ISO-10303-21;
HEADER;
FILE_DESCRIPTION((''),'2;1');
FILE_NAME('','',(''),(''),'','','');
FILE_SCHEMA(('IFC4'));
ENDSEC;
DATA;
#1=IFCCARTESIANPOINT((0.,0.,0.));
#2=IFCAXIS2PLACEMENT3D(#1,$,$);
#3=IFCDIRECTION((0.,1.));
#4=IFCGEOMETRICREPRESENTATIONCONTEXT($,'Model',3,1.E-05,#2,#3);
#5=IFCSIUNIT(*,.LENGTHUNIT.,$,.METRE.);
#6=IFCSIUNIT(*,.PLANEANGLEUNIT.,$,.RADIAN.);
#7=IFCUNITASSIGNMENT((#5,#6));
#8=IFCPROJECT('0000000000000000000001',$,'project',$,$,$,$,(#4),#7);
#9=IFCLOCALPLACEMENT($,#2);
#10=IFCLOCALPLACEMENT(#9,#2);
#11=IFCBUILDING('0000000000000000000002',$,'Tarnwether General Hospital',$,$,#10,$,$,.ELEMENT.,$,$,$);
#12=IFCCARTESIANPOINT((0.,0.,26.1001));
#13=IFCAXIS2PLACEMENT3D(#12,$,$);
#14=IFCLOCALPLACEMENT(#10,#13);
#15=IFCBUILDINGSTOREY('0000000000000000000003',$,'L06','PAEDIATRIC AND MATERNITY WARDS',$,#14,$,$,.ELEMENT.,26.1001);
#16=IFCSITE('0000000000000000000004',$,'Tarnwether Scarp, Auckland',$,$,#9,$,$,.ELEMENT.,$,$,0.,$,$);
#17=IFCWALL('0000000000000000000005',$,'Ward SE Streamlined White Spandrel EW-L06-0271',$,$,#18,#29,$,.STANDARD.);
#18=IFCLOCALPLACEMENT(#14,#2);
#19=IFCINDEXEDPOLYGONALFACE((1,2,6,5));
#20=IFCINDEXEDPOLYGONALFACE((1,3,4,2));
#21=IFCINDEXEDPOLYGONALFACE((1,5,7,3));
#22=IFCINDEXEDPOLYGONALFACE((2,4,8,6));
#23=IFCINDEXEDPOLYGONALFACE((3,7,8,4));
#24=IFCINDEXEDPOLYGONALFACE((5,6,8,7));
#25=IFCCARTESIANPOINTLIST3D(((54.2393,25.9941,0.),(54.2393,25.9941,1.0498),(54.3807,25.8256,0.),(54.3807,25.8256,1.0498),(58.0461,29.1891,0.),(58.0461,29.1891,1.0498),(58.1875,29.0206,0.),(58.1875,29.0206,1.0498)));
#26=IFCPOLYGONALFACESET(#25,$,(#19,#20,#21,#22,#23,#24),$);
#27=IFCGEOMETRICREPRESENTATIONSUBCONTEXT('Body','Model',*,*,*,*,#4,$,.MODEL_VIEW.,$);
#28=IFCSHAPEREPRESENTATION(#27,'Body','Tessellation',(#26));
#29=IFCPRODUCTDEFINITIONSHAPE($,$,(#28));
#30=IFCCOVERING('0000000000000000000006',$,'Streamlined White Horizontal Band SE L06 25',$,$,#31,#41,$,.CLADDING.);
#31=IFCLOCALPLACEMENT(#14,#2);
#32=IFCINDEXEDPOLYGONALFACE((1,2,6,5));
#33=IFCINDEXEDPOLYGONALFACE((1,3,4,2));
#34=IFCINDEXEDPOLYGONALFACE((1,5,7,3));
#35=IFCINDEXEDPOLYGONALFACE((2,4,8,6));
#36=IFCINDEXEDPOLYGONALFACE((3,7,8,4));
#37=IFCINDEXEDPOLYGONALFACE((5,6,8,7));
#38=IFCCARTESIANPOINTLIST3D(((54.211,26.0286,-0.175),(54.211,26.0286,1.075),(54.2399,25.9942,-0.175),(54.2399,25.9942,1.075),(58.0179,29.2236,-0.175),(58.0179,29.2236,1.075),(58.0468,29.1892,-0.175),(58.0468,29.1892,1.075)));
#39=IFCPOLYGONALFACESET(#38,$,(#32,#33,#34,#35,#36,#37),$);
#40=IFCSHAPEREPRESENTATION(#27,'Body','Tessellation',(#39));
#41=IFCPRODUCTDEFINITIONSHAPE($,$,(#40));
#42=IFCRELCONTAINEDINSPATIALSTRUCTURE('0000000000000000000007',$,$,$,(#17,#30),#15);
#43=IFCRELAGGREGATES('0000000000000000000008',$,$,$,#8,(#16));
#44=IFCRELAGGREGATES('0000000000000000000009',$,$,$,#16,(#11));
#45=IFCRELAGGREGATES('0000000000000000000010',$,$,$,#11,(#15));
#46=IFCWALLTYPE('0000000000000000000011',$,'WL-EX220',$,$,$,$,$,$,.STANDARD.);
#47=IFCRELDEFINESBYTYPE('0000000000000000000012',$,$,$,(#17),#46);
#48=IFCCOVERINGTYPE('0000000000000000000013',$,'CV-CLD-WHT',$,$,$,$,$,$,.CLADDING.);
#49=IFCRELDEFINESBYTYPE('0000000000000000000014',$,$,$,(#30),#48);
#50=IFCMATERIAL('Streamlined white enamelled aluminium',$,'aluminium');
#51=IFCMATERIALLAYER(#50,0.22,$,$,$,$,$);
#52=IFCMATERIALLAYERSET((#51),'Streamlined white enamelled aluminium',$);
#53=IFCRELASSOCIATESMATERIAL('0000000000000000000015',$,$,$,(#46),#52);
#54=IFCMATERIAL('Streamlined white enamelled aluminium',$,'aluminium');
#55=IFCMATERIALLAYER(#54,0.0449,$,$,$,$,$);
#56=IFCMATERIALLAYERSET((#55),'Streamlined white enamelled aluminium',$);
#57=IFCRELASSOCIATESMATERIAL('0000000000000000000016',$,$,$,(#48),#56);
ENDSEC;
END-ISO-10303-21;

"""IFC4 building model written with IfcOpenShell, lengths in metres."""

from ifc_helpers import new_model, si_unit, direction, frame, frame_2d, origin, origin_2d, place, context, subcontext, project, spatial, rectangle, extrude, material, layer, layer_set, type_object, element, save


model = new_model("IFC4")

# Units and contexts
model_context = context("Model", 3, precision=1e-05, world=origin(), true_north=direction((0.0, 1.0)))
body_context = subcontext(model_context, "Body", "Model", "MODEL_VIEW")
ifc_project = project(units=[si_unit("LENGTHUNIT", "METRE"), si_unit("PLANEANGLEUNIT", "RADIAN")], contexts=[model_context])

# Site, building, storey
site_placement = place(None, origin())
site = spatial("IfcSite", under=ifc_project, at=site_placement, Name="Tarnwether Scarp, Auckland", CompositionType="ELEMENT", RefElevation=0.0)
building_placement = place(site_placement, origin())
building = spatial("IfcBuilding", under=site, at=building_placement, Name="Tarnwether General Hospital", CompositionType="ELEMENT")
storey_placement = place(building_placement, frame((0.0, 0.0, 26.1001)))
storey = spatial("IfcBuildingStorey", under=building, at=storey_placement, Name="L06", Description="PAEDIATRIC AND MATERNITY WARDS", CompositionType="ELEMENT", Elevation=26.1001)

# Wall
ifc_material_1 = material(Name="Streamlined white enamelled aluminium", Category="aluminium")
ifc_layer_1 = layer(ifc_material_1, 0.22)
ifc_layer_set_1 = layer_set([ifc_layer_1], Name="Streamlined white enamelled aluminium")
wall_type = type_object("IfcWallType", Name="WL-EX220", PredefinedType="STANDARD", material=ifc_layer_set_1)
wall_placement = place(storey_placement, frame((54.3101, 25.9099, 0.0), z_axis=(0.0, 0.0, 1.0), x_axis=(0.765974, 0.642872, 0.0)))
element("IfcWall", 1, at=wall_placement, inside=storey, type_object=wall_type, Name="Ward SE Streamlined White Spandrel EW-L06-0271", PredefinedType="STANDARD", context=body_context, shape_type="SweptSolid", body=[
    extrude(rectangle(XDim=4.97, YDim=0.22, at=frame_2d((2.4849, 0.0))), origin(), (0.0, 0.0, 1.0), 1.0498),
])

# Covering
ifc_material_2 = material(Name="Streamlined white enamelled aluminium", Category="aluminium")
ifc_layer_2 = layer(ifc_material_2, 0.0449)
ifc_layer_set_2 = layer_set([ifc_layer_2], Name="Streamlined white enamelled aluminium")
covering_type = type_object("IfcCoveringType", Name="CV-CLD-WHT", PredefinedType="CLADDING", material=ifc_layer_set_2)
covering_placement = place(storey_placement, frame((56.1289, 27.6089, -0.175), z_axis=(0.0, 0.0, 1.0), x_axis=(0.765988, 0.642854, 0.0)))
element("IfcCovering", 2, at=covering_placement, inside=storey, type_object=covering_type, Name="Streamlined White Horizontal Band SE L06 25", PredefinedType="CLADDING", context=body_context, shape_type="SweptSolid", body=[
    extrude(rectangle(XDim=4.97, YDim=0.0449, at=origin_2d()), origin(), (0.0, 0.0, 1.0), 1.25),
])

save(model, "model.ifc")
